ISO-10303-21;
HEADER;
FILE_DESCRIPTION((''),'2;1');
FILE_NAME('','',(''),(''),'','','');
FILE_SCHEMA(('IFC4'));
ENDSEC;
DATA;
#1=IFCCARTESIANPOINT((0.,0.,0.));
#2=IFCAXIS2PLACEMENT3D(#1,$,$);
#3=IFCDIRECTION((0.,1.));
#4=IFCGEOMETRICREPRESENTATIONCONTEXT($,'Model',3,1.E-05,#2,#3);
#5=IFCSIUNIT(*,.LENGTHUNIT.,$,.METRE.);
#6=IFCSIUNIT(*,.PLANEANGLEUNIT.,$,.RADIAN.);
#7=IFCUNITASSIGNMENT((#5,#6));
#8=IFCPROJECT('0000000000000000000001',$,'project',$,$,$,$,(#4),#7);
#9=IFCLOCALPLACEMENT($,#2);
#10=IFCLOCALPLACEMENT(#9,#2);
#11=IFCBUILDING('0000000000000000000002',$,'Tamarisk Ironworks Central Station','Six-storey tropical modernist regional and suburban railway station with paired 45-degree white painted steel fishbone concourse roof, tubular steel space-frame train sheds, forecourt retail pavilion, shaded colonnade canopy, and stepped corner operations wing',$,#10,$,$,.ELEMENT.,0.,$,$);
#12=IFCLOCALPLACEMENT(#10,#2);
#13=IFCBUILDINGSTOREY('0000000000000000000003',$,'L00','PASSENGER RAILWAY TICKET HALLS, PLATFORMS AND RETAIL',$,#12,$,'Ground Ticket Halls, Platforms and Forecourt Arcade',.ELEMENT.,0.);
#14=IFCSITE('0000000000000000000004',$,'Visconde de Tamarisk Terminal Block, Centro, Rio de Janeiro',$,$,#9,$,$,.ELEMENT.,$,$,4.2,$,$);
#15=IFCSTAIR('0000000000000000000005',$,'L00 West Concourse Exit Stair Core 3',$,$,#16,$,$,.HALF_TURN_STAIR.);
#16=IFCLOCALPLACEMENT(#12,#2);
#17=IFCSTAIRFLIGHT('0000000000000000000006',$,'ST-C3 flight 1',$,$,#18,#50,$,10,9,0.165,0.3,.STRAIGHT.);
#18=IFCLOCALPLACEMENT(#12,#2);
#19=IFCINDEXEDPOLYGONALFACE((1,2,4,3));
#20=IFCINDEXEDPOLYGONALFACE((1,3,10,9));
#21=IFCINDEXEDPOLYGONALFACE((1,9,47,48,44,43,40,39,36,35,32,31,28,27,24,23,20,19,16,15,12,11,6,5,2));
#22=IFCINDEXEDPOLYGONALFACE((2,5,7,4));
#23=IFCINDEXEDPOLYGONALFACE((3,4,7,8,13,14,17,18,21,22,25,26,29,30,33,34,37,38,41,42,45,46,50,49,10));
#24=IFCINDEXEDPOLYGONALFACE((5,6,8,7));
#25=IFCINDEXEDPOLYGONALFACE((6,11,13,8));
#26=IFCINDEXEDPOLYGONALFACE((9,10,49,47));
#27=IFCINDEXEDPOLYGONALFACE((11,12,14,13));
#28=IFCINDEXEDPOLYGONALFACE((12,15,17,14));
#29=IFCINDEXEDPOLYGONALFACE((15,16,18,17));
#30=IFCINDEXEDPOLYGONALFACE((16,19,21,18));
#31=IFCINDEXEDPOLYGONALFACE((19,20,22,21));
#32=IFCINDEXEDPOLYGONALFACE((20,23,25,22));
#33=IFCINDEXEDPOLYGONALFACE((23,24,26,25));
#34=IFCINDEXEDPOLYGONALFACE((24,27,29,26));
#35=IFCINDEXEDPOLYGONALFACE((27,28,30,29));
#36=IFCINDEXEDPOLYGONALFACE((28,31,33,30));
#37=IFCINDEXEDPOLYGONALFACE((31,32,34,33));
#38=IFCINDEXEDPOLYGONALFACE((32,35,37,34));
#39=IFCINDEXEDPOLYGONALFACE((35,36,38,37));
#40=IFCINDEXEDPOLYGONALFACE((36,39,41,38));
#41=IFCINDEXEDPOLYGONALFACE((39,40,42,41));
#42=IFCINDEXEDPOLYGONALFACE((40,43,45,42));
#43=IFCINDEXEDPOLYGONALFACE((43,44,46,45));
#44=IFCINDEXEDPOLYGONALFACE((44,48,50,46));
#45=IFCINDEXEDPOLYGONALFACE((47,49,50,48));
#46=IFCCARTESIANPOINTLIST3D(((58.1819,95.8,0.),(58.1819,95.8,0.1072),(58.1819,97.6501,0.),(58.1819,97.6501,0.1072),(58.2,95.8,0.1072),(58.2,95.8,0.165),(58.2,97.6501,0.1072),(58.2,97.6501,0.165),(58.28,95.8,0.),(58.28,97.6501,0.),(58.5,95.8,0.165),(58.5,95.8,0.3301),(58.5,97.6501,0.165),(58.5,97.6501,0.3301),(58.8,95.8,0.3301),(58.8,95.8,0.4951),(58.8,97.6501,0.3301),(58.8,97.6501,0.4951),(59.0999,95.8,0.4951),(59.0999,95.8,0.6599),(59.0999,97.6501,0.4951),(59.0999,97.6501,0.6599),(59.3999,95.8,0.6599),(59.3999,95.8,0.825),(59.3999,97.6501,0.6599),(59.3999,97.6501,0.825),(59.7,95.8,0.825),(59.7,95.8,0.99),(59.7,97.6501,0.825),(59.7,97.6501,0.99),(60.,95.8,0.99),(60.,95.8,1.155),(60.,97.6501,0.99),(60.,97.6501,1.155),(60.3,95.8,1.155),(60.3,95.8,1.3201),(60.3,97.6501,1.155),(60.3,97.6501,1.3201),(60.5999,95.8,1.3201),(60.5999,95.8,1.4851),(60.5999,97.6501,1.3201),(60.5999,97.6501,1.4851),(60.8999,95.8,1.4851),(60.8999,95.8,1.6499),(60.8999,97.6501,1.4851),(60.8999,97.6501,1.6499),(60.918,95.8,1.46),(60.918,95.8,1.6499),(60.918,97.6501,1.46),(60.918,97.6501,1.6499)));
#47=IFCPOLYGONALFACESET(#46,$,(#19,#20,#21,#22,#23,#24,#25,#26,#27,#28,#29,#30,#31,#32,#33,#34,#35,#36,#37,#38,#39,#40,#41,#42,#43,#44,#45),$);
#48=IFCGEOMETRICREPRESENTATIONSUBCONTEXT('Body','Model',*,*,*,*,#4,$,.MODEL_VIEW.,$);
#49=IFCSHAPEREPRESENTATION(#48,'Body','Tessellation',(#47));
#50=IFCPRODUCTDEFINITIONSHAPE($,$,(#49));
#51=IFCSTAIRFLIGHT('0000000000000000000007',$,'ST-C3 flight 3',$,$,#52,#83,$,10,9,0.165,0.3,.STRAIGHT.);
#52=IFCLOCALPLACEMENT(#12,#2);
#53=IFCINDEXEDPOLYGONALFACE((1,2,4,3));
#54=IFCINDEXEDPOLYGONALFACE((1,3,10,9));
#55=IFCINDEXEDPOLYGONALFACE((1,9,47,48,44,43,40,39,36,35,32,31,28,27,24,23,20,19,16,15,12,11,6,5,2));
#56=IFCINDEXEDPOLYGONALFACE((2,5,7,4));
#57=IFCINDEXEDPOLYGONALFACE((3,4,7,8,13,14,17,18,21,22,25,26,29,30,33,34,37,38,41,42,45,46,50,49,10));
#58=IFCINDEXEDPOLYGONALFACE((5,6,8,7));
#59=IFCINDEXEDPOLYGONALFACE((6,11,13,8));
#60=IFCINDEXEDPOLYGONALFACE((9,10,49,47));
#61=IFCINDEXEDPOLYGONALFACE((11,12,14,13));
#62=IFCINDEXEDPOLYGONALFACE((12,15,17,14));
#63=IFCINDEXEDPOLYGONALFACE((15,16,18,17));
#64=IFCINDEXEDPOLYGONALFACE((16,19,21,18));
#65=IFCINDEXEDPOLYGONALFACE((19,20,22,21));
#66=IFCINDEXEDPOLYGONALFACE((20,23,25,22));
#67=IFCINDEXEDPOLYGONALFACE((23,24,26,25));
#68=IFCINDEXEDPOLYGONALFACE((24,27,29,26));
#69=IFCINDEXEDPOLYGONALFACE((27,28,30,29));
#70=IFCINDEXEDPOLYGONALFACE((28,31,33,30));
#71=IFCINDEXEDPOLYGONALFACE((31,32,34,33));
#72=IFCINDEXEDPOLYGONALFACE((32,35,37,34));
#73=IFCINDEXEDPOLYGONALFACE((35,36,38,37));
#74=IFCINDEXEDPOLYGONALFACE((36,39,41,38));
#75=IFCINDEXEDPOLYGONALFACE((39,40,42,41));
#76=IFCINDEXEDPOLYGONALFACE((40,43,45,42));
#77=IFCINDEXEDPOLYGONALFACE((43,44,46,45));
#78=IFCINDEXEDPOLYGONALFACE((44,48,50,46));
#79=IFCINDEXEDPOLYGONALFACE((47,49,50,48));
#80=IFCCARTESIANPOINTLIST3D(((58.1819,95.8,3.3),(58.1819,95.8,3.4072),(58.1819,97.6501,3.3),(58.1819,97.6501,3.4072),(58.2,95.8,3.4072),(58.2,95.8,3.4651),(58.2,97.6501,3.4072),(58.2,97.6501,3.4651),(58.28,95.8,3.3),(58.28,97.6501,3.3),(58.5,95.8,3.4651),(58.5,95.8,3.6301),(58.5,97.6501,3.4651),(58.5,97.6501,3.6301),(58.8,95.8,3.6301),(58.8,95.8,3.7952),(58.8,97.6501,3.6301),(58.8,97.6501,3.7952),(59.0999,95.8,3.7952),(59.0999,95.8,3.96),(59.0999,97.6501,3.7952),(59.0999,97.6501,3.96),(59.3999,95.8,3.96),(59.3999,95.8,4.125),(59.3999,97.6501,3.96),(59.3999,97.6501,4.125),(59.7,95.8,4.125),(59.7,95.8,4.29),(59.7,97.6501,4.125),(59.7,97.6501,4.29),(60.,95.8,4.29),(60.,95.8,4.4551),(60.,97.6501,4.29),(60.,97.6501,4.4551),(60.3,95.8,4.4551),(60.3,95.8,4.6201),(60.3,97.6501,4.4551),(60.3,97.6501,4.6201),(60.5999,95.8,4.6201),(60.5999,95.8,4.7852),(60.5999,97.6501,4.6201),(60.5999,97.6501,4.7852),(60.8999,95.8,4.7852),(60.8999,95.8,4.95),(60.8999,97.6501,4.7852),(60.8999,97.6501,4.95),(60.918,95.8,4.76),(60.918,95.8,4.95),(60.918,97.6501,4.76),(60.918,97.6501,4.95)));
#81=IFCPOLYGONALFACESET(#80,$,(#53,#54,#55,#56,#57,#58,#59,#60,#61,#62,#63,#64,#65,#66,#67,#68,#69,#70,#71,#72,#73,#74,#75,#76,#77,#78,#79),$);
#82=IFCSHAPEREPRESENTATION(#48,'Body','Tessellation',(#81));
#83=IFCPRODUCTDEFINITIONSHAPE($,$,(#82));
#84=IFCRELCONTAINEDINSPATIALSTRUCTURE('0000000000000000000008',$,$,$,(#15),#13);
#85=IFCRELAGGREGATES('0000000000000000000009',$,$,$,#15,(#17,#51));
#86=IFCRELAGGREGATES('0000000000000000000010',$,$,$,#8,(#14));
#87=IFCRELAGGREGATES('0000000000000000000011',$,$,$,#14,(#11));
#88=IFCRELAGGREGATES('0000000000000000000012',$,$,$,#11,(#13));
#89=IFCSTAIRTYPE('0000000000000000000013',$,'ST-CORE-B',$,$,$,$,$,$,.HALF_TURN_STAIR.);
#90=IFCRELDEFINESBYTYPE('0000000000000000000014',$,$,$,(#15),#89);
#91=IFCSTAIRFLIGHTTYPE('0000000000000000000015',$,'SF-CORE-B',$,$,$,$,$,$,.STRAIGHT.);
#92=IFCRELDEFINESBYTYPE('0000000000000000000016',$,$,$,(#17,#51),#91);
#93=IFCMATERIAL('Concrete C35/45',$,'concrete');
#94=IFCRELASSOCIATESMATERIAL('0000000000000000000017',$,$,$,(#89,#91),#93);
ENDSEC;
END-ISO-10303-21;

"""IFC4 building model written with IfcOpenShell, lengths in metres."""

from ifc_helpers import new_model, si_unit, direction, frame, origin, place, context, subcontext, project, spatial, polyline, outline, extrude, material, type_object, element, aggregate, save


model = new_model("IFC4")

# Units and contexts
model_context = context("Model", 3, precision=1e-05, world=origin(), true_north=direction((0.0, 1.0)))
body_context = subcontext(model_context, "Body", "Model", "MODEL_VIEW")
ifc_project = project(units=[si_unit("LENGTHUNIT", "METRE"), si_unit("PLANEANGLEUNIT", "RADIAN")], contexts=[model_context])

# Site, building, storey
site_placement = place(None, origin())
site = spatial("IfcSite", under=ifc_project, at=site_placement, Name="Visconde de Tamarisk Terminal Block, Centro, Rio de Janeiro", CompositionType="ELEMENT", RefElevation=4.2)
building_placement = place(site_placement, origin())
building = spatial("IfcBuilding", under=site, at=building_placement, Name="Tamarisk Ironworks Central Station", Description="Six-storey tropical modernist regional and suburban railway station with paired 45-degree white painted steel fishbone concourse roof, tubular steel space-frame train sheds, forecourt retail pavilion, shaded colonnade canopy, and stepped corner operations wing", CompositionType="ELEMENT", ElevationOfRefHeight=0.0)
storey_placement = place(building_placement, origin())
storey = spatial("IfcBuildingStorey", under=building, at=storey_placement, Name="L00", Description="PASSENGER RAILWAY TICKET HALLS, PLATFORMS AND RETAIL", LongName="Ground Ticket Halls, Platforms and Forecourt Arcade", CompositionType="ELEMENT", Elevation=0.0)

# Stair, stair flights
ifc_material_1 = material(Name="Concrete C35/45", Category="concrete")
stair_type = type_object("IfcStairType", Name="ST-CORE-B", PredefinedType="HALF_TURN_STAIR", material=ifc_material_1)
stair_placement = place(storey_placement, origin())
stair = element("IfcStair", 1, at=stair_placement, inside=storey, type_object=stair_type, Name="L00 West Concourse Exit Stair Core 3", PredefinedType="HALF_TURN_STAIR")
stair_flight_type = type_object("IfcStairFlightType", Name="SF-CORE-B", PredefinedType="STRAIGHT", material=ifc_material_1)
stair_flight_1_placement = place(storey_placement, frame((58.2, 96.7251, 0.0), z_axis=(0.0, 0.0, 1.0), x_axis=(1.0, 0.0, 0.0)))
stair_flight_1 = element("IfcStairFlight", 2, at=stair_flight_1_placement, type_object=stair_flight_type, Name="ST-C3 flight 1", NumberOfRisers=10, NumberOfTreads=9, PredefinedType="STRAIGHT", RiserHeight=0.165, TreadLength=0.3, context=body_context, shape_type="SweptSolid", body=[
    extrude(outline(polyline([(-0.0181, 0.0), (-0.0181, 0.1072), (0.0, 0.1072), (0.0, 0.165), (0.3, 0.165), (0.3, 0.3301), (0.6001, 0.3301), (0.6001, 0.4951), (0.8999, 0.4951), (0.8999, 0.6599), (1.2, 0.6599), (1.2, 0.825), (1.5, 0.825), (1.5, 0.99), (1.8, 0.99), (1.8, 1.155), (2.1001, 1.155), (2.1001, 1.3201), (2.3999, 1.3201), (2.3999, 1.4851), (2.7, 1.4851), (2.7, 1.6499), (2.718, 1.6499), (2.718, 1.46), (0.0801, 0.0), (-0.0181, 0.0)])), frame((0.0, 0.925, 0.0), z_axis=(0.0, -1.0, 0.0), x_axis=(1.0, 0.0, 0.0)), (0.0, 0.0, 1.0), 1.8501),
])
stair_flight_2_placement = place(storey_placement, frame((58.2, 96.7251, 3.3), z_axis=(0.0, 0.0, 1.0), x_axis=(1.0, 0.0, 0.0)))
stair_flight_2 = element("IfcStairFlight", 3, at=stair_flight_2_placement, type_object=stair_flight_type, Name="ST-C3 flight 3", NumberOfRisers=10, NumberOfTreads=9, PredefinedType="STRAIGHT", RiserHeight=0.165, TreadLength=0.3, context=body_context, shape_type="SweptSolid", body=[
    extrude(outline(polyline([(-0.0181, 0.0), (-0.0181, 0.1072), (0.0, 0.1072), (0.0, 0.165), (0.3, 0.165), (0.3, 0.3301), (0.6001, 0.3301), (0.6001, 0.4951), (0.8999, 0.4951), (0.8999, 0.6599), (1.2, 0.6599), (1.2, 0.825), (1.5, 0.825), (1.5, 0.99), (1.8, 0.99), (1.8, 1.155), (2.1001, 1.155), (2.1001, 1.3201), (2.3999, 1.3201), (2.3999, 1.4851), (2.7, 1.4851), (2.7, 1.6499), (2.718, 1.6499), (2.718, 1.46), (0.0801, 0.0), (-0.0181, 0.0)])), frame((0.0, 0.925, 0.0), z_axis=(0.0, -1.0, 0.0), x_axis=(1.0, 0.0, 0.0)), (0.0, 0.0, 1.0), 1.8501),
])
aggregate(stair, [stair_flight_1, stair_flight_2])

save(model, "model.ifc")
